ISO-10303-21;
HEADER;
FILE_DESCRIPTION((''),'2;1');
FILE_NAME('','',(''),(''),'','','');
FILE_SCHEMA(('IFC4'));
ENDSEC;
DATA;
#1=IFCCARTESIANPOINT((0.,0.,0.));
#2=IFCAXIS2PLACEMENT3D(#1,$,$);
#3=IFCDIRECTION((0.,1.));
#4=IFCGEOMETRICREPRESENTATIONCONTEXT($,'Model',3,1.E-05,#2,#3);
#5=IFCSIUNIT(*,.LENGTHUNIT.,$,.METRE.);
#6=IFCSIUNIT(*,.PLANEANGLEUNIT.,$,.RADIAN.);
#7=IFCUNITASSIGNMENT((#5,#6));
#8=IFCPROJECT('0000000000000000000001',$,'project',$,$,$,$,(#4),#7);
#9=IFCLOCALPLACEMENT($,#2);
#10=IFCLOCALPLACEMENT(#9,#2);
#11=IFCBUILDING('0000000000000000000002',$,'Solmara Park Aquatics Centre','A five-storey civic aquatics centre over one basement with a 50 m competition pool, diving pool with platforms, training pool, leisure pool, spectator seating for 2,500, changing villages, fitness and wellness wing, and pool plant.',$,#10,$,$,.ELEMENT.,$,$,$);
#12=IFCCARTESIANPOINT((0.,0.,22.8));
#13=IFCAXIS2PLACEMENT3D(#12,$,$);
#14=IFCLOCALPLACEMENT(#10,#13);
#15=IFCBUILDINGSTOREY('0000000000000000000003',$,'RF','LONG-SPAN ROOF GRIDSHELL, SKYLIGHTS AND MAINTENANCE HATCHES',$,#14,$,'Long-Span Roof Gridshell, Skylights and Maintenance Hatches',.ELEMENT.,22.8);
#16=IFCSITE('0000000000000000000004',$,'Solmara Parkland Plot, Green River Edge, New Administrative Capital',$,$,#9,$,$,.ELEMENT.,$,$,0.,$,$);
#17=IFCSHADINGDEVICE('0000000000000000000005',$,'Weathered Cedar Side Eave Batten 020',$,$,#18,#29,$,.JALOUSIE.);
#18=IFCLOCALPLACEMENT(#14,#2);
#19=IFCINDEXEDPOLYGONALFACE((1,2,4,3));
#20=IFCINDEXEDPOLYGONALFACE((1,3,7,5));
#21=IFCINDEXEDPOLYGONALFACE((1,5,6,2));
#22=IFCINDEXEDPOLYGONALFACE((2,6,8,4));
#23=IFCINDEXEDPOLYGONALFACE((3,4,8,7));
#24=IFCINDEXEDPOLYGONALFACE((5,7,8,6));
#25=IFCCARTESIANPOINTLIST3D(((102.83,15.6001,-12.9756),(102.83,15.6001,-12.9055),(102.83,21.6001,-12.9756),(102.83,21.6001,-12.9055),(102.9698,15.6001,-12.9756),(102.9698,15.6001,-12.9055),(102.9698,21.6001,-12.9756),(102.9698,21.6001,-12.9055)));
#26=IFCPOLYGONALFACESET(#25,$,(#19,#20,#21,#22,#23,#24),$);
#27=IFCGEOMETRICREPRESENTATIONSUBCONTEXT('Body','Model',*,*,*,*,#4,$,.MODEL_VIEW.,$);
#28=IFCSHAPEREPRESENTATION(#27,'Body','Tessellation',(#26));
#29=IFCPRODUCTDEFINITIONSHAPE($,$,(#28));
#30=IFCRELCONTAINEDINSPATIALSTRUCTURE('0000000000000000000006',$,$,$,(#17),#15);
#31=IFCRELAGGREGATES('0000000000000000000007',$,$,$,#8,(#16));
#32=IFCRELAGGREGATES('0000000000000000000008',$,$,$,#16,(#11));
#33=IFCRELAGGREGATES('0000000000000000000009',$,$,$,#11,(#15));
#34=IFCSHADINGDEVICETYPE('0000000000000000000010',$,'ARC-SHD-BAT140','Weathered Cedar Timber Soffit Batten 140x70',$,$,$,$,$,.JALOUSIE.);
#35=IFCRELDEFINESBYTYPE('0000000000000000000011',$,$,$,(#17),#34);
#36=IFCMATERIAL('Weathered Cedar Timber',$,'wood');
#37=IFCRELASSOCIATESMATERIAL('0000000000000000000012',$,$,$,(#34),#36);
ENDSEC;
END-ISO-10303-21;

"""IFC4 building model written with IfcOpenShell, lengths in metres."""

from ifc_helpers import new_model, si_unit, direction, frame, origin, origin_2d, place, context, subcontext, project, spatial, rectangle, extrude, material, type_object, element, save


model = new_model("IFC4")

# Units and contexts
model_context = context("Model", 3, precision=1e-05, world=origin(), true_north=direction((0.0, 1.0)))
body_context = subcontext(model_context, "Body", "Model", "MODEL_VIEW")
ifc_project = project(units=[si_unit("LENGTHUNIT", "METRE"), si_unit("PLANEANGLEUNIT", "RADIAN")], contexts=[model_context])

# Site, building, storey
site_placement = place(None, origin())
site = spatial("IfcSite", under=ifc_project, at=site_placement, Name="Solmara Parkland Plot, Green River Edge, New Administrative Capital", CompositionType="ELEMENT", RefElevation=0.0)
building_placement = place(site_placement, origin())
building = spatial("IfcBuilding", under=site, at=building_placement, Name="Solmara Park Aquatics Centre", Description="A five-storey civic aquatics centre over one basement with a 50 m competition pool, diving pool with platforms, training pool, leisure pool, spectator seating for 2,500, changing villages, fitness and wellness wing, and pool plant.", CompositionType="ELEMENT")
storey_placement = place(building_placement, frame((0.0, 0.0, 22.8)))
storey = spatial("IfcBuildingStorey", under=building, at=storey_placement, Name="RF", Description="LONG-SPAN ROOF GRIDSHELL, SKYLIGHTS AND MAINTENANCE HATCHES", LongName="Long-Span Roof Gridshell, Skylights and Maintenance Hatches", CompositionType="ELEMENT", Elevation=22.8)

# Shading device
ifc_material_1 = material(Name="Weathered Cedar Timber", Category="wood")
shading_device_type = type_object("IfcShadingDeviceType", Name="ARC-SHD-BAT140", Description="Weathered Cedar Timber Soffit Batten 140x70", PredefinedType="JALOUSIE", material=ifc_material_1)
shading_device_placement = place(storey_placement, frame((102.8999, 18.6001, -12.9756), z_axis=(0.0, 0.0, 1.0), x_axis=(1.0, 0.0, 0.0)))
element("IfcShadingDevice", 1, at=shading_device_placement, inside=storey, type_object=shading_device_type, Name="Weathered Cedar Side Eave Batten 020", PredefinedType="JALOUSIE", context=body_context, shape_type="SweptSolid", body=[
    extrude(rectangle(XDim=0.1399, YDim=6.0, at=origin_2d()), origin(), (0.0, 0.0, 1.0), 0.0701),
])

save(model, "model.ifc")
